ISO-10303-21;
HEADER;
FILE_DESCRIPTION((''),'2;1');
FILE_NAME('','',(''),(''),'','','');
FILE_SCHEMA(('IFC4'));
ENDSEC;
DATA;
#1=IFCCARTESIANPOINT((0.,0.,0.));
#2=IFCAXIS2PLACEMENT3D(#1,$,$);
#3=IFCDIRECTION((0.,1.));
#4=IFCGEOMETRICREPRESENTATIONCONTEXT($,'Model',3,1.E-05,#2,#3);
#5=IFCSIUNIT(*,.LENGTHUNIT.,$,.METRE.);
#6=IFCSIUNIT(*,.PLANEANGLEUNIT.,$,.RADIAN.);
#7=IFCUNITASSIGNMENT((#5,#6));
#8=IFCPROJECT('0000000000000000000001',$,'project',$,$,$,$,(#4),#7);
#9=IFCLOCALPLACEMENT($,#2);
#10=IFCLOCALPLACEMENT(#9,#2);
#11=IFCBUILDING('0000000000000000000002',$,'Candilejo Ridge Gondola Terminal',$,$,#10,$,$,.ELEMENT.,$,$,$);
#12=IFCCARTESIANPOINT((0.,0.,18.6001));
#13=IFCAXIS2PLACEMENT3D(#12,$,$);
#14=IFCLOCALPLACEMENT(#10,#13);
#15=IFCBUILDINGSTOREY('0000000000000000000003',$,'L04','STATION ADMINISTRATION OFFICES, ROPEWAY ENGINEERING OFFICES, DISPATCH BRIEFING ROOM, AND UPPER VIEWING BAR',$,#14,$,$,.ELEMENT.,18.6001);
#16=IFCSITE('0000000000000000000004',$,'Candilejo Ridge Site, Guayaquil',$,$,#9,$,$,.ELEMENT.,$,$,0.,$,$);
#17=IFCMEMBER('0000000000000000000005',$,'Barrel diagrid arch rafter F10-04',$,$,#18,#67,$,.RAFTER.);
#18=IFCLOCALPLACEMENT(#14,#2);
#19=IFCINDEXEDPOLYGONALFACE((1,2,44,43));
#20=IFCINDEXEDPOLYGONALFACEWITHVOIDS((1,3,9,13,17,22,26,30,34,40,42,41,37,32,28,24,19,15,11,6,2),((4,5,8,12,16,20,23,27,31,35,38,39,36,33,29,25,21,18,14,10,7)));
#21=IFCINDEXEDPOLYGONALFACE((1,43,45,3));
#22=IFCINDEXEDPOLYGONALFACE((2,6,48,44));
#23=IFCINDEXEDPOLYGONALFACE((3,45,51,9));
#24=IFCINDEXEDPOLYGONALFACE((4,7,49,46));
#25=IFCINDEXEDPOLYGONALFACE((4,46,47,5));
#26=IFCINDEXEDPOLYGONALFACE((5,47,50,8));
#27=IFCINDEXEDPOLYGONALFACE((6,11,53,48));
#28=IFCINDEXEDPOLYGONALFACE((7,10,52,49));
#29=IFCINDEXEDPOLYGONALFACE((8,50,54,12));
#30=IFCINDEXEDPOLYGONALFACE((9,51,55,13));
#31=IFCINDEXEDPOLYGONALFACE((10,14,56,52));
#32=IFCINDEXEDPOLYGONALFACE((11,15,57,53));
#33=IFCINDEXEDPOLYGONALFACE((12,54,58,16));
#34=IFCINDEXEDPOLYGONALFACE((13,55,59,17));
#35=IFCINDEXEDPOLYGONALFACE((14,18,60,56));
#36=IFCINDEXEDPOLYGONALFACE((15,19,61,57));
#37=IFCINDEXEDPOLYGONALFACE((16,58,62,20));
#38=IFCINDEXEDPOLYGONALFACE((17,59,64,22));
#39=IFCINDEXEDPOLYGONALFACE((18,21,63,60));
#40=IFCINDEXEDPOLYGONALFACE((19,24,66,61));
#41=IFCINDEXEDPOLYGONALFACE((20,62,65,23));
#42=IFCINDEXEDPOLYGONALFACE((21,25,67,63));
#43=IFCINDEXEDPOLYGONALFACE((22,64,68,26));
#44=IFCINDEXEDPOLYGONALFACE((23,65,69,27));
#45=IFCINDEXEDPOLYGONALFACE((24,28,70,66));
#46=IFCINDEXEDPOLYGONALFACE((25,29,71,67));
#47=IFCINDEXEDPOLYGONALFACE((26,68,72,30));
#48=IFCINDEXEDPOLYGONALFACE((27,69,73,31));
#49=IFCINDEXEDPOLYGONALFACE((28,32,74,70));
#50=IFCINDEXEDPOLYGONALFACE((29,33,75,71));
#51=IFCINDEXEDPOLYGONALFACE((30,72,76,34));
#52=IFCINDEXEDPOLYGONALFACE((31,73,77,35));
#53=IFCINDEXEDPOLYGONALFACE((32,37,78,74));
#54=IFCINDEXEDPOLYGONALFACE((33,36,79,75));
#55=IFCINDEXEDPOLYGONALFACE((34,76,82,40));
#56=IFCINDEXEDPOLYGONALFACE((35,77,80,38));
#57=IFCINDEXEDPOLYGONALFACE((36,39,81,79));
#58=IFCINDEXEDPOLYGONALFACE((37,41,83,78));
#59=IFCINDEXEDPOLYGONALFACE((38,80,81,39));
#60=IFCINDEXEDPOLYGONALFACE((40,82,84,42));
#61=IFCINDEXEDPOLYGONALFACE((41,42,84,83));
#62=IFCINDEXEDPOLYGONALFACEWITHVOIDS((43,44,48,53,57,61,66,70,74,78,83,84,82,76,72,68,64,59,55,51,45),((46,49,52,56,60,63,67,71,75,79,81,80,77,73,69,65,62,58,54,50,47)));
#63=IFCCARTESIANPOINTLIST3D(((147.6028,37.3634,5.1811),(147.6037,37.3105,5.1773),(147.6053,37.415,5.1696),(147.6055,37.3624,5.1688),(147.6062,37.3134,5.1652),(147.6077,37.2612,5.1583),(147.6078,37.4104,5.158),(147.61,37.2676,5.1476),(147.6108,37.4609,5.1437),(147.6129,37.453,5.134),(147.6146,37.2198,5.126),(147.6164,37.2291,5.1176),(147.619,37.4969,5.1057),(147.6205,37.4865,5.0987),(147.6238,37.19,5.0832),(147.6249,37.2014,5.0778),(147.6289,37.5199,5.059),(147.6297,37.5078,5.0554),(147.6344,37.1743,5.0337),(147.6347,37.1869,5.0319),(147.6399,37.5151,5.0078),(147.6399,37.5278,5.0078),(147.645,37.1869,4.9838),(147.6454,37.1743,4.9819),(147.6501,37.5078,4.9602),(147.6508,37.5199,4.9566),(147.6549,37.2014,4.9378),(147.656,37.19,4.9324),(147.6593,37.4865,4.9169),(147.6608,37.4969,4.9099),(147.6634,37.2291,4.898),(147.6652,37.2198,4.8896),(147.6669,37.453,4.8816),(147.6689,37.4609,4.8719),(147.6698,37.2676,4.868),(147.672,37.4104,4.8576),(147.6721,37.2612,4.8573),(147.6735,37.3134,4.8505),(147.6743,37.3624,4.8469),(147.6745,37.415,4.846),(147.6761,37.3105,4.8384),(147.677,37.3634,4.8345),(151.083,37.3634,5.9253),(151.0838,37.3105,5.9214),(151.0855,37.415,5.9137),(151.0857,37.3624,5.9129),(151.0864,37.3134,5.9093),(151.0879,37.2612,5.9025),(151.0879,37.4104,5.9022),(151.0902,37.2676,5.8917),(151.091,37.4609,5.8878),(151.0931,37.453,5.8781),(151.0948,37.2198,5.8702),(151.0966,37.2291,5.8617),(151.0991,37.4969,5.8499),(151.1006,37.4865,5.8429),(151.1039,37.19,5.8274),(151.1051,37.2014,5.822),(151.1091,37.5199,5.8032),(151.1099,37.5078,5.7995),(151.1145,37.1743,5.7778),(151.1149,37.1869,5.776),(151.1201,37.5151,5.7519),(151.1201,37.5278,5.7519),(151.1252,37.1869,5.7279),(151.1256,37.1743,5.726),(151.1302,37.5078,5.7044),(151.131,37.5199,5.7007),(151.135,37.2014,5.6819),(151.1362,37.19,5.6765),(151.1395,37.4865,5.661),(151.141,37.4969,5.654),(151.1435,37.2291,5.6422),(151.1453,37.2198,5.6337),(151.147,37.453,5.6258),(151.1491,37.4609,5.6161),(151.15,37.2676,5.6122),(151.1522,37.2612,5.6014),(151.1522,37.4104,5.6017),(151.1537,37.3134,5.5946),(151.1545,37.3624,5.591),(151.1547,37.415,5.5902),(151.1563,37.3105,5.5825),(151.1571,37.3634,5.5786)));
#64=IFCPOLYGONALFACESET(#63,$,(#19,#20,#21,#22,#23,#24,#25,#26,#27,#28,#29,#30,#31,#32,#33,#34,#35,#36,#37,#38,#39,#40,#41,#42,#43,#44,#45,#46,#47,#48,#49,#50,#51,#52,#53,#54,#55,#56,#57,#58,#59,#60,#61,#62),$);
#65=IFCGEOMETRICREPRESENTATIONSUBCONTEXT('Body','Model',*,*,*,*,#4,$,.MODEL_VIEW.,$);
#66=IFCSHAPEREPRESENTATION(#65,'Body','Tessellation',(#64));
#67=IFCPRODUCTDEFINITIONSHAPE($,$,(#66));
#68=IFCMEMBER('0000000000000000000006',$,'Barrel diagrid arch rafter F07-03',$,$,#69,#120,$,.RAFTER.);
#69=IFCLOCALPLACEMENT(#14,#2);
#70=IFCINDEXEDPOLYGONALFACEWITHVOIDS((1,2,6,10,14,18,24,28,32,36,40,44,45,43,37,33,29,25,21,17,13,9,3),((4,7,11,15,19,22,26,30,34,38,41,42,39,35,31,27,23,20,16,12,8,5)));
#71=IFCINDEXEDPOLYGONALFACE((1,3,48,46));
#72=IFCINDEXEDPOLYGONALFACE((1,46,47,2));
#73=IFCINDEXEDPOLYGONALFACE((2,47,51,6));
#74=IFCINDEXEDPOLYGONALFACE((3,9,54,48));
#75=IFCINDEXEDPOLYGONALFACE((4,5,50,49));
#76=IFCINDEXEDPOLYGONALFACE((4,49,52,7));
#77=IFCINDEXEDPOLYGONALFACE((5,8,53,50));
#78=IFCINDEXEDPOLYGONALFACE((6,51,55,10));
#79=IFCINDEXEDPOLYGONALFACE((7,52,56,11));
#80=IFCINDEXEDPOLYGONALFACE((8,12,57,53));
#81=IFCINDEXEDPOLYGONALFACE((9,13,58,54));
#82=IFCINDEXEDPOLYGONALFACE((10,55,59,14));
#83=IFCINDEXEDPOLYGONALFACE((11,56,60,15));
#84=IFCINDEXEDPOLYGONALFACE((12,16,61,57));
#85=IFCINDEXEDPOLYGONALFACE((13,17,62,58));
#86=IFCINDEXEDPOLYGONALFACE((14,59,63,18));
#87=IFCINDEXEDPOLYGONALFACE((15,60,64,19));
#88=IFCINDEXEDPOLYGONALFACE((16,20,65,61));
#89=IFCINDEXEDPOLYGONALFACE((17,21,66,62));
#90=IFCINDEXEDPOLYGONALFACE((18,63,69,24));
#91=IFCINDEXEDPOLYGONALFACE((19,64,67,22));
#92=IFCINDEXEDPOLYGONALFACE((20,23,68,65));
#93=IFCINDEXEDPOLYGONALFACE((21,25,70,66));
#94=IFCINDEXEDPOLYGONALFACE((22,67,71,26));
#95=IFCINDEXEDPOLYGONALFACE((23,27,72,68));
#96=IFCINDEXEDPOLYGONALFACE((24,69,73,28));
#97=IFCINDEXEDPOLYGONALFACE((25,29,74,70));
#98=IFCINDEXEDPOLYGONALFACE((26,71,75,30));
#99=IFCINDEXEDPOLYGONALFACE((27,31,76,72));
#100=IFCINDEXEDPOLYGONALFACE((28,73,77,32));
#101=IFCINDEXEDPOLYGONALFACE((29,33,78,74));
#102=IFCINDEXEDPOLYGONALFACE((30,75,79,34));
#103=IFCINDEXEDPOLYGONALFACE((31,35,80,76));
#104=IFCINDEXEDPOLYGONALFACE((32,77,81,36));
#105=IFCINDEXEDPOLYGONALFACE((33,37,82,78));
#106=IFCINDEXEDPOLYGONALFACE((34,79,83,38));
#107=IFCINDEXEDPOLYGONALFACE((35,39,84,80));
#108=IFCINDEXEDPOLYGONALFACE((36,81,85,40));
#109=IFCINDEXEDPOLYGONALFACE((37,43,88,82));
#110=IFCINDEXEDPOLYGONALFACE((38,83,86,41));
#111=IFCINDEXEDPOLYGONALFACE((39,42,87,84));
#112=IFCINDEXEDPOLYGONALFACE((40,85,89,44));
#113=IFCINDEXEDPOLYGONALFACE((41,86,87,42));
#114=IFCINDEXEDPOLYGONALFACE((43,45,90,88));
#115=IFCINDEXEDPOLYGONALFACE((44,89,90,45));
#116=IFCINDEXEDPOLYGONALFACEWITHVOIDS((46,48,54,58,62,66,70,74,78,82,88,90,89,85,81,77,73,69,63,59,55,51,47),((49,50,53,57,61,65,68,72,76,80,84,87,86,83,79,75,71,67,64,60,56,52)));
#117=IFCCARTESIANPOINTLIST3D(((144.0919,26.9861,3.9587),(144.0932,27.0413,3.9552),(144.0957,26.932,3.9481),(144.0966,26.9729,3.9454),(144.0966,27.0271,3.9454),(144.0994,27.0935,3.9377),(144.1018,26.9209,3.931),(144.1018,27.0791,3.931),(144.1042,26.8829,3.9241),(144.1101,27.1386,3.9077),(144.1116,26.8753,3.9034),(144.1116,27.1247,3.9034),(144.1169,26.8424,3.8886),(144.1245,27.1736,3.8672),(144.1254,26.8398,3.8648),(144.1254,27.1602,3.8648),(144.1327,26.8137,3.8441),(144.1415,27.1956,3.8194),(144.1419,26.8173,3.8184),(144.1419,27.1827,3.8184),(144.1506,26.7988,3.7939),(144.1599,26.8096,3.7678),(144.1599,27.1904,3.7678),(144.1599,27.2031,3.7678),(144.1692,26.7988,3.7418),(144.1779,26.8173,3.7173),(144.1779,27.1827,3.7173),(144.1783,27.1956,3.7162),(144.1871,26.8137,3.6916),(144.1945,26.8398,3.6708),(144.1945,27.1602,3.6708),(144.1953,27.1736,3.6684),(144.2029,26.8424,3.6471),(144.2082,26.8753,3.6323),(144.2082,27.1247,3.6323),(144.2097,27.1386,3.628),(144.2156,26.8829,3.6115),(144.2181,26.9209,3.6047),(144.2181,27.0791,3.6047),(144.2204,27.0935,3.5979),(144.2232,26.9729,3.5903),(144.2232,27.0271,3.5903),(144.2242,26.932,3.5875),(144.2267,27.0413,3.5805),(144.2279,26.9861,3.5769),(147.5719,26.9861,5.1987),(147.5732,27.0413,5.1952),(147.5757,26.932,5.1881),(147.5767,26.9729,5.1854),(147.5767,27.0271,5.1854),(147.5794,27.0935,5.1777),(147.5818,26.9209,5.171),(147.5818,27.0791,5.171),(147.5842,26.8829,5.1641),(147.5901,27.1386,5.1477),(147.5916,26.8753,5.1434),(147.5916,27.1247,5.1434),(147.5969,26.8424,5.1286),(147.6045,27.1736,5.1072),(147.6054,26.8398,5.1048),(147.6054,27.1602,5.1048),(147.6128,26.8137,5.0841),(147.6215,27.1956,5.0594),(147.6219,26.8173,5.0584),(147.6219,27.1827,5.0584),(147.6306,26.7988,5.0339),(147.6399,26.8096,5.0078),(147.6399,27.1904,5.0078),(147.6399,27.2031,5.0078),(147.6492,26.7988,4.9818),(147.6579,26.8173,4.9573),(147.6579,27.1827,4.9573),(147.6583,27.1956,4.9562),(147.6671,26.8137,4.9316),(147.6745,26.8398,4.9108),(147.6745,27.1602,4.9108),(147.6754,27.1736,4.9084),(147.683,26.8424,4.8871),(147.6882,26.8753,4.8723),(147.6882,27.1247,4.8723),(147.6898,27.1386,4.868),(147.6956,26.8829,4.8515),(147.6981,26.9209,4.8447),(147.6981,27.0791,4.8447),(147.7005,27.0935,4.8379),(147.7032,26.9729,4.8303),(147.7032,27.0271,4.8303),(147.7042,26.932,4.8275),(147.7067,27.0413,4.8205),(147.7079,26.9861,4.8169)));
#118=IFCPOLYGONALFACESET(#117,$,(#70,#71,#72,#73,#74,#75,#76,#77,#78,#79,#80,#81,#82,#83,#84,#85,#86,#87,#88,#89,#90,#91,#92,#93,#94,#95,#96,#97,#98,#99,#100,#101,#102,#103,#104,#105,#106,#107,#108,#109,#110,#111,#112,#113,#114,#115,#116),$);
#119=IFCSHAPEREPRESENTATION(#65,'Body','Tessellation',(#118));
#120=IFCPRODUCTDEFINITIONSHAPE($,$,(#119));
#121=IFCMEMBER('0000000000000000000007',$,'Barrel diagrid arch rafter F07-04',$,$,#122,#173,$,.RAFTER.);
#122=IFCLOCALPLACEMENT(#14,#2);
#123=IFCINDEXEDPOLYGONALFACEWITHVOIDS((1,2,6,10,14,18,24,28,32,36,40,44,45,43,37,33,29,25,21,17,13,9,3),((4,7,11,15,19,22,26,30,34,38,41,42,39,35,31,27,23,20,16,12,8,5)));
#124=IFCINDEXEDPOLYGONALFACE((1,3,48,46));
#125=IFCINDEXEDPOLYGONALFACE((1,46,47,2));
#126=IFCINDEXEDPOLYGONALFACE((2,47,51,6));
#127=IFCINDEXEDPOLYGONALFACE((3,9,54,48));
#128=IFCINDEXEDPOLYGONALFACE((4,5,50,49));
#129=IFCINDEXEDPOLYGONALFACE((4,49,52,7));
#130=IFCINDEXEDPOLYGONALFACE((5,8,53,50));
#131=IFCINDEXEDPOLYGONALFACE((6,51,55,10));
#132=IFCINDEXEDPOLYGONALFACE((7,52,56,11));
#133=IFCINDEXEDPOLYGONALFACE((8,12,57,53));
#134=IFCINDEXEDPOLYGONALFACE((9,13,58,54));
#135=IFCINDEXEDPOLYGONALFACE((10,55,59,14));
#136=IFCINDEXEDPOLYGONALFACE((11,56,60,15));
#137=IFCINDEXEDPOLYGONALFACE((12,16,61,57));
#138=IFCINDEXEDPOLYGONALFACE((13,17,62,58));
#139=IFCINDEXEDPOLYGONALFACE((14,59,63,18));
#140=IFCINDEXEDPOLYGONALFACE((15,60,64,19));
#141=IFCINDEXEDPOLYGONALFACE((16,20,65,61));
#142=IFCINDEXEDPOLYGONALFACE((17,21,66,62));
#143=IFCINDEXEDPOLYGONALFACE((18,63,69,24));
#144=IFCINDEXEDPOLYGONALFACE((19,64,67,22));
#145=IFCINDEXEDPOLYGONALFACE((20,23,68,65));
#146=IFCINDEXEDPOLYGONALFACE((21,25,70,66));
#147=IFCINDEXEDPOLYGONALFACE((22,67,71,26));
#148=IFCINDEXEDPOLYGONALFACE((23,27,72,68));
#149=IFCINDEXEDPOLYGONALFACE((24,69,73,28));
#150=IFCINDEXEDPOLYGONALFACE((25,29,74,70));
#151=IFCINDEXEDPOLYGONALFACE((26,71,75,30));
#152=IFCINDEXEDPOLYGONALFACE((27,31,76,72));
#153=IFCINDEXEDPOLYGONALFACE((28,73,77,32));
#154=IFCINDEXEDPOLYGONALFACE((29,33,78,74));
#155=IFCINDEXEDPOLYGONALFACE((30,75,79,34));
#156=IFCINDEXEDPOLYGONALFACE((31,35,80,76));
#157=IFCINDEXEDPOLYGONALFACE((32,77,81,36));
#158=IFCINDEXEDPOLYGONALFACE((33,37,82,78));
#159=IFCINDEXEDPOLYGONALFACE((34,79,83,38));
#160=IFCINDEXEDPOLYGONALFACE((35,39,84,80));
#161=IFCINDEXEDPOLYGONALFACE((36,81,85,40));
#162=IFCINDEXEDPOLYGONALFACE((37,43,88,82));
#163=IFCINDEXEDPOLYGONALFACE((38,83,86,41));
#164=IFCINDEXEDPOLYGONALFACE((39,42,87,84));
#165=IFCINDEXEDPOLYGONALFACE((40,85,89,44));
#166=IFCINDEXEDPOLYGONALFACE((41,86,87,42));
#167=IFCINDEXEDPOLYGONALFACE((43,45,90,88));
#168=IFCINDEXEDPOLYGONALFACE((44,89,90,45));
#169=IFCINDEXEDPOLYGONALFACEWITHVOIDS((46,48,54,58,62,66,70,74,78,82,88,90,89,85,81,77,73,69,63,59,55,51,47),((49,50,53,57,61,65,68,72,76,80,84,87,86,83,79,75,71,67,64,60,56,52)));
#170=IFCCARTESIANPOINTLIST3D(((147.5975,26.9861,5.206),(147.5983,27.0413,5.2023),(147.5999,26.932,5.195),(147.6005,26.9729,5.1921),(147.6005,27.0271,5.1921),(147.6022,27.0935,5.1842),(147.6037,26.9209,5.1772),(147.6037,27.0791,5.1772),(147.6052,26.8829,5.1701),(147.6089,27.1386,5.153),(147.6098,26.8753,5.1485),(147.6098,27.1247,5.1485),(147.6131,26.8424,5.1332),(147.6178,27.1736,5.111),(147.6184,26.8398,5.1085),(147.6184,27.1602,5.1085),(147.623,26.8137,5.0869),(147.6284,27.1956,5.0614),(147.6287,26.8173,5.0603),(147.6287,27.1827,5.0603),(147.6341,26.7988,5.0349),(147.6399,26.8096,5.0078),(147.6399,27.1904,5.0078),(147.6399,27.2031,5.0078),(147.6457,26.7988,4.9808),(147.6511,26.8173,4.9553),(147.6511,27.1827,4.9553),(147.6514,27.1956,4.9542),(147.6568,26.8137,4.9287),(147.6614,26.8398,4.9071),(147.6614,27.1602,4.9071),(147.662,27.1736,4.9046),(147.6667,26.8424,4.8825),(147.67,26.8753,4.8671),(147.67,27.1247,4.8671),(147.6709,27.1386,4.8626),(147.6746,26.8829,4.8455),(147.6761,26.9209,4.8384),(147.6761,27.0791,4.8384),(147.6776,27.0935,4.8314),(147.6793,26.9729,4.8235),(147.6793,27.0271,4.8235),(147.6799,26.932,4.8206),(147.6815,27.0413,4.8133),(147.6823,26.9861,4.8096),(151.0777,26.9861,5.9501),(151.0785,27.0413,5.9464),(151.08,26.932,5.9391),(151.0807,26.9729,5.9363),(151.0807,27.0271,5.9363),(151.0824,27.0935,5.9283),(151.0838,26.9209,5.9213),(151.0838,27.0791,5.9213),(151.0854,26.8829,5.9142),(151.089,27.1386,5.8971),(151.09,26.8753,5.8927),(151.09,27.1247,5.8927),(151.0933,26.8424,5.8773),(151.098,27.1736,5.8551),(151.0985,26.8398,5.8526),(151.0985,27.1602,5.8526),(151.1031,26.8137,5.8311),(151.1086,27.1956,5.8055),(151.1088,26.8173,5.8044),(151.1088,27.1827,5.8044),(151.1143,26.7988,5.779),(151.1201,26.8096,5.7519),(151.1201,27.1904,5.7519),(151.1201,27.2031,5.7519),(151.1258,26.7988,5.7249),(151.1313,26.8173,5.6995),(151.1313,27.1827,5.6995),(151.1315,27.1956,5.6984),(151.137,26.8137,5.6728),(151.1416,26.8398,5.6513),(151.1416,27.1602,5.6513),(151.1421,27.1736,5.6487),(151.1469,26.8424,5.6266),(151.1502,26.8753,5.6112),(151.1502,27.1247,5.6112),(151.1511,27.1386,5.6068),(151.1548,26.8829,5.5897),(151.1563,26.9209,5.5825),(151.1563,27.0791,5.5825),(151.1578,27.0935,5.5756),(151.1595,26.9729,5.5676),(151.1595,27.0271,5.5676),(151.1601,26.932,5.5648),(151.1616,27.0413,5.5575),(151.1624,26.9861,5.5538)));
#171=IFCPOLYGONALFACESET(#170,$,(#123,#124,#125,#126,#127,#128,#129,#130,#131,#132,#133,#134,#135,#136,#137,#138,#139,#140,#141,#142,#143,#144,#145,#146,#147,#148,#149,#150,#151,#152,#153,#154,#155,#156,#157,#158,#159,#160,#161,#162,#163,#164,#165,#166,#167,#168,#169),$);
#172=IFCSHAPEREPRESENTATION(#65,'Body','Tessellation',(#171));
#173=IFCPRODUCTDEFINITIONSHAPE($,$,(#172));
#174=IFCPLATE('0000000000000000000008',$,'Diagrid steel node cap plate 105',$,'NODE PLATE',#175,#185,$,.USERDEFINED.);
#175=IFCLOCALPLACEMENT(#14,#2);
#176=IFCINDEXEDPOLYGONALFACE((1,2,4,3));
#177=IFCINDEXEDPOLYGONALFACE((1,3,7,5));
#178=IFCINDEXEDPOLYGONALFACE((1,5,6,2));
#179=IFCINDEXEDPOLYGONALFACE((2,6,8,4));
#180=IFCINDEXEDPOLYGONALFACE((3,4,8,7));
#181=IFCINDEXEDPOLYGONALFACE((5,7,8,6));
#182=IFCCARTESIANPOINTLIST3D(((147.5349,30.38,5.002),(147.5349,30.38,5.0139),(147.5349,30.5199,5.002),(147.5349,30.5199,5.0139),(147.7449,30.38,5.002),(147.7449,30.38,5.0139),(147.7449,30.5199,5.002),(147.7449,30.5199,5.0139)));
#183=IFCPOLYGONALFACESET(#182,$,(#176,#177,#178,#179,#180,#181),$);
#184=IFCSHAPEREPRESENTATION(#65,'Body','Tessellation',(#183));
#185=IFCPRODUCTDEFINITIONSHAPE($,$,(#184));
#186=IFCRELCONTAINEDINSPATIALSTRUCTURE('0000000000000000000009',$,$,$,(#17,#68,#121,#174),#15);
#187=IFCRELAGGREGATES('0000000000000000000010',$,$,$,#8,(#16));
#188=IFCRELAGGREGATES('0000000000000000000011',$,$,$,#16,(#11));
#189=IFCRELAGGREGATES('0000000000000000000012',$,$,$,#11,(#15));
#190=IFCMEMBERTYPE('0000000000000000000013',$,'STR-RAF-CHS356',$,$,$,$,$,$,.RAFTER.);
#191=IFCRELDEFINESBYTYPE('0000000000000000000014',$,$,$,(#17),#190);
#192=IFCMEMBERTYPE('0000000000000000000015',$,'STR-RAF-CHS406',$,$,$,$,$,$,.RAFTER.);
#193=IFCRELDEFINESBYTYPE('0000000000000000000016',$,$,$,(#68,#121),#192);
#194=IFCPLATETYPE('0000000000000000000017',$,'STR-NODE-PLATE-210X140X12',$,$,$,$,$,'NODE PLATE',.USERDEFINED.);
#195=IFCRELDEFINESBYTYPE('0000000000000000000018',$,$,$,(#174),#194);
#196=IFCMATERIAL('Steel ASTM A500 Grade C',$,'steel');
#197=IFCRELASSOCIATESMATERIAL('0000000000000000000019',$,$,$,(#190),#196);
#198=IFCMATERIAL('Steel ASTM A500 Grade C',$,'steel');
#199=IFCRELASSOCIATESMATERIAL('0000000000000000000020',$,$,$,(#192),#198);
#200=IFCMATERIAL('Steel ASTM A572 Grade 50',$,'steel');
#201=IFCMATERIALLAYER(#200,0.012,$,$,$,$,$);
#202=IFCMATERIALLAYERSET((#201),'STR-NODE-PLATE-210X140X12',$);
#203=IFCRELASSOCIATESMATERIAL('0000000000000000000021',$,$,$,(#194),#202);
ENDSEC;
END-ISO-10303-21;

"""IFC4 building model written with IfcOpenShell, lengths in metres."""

from ifc_helpers import new_model, si_unit, direction, frame, origin, origin_2d, place, context, subcontext, project, spatial, rectangle, hollow_circle, extrude, material, layer, layer_set, material_profile, profile_set, type_object, element, save


model = new_model("IFC4")

# Units and contexts
model_context = context("Model", 3, precision=1e-05, world=origin(), true_north=direction((0.0, 1.0)))
body_context = subcontext(model_context, "Body", "Model", "MODEL_VIEW")
ifc_project = project(units=[si_unit("LENGTHUNIT", "METRE"), si_unit("PLANEANGLEUNIT", "RADIAN")], contexts=[model_context])

# Site, building, storey
site_placement = place(None, origin())
site = spatial("IfcSite", under=ifc_project, at=site_placement, Name="Candilejo Ridge Site, Guayaquil", CompositionType="ELEMENT", RefElevation=0.0)
building_placement = place(site_placement, origin())
building = spatial("IfcBuilding", under=site, at=building_placement, Name="Candilejo Ridge Gondola Terminal", CompositionType="ELEMENT")
storey_placement = place(building_placement, frame((0.0, 0.0, 18.6001)))
storey = spatial("IfcBuildingStorey", under=building, at=storey_placement, Name="L04", Description="STATION ADMINISTRATION OFFICES, ROPEWAY ENGINEERING OFFICES, DISPATCH BRIEFING ROOM, AND UPPER VIEWING BAR", CompositionType="ELEMENT", Elevation=18.6001)

# Members
ifc_material_1 = material(Name="Steel ASTM A500 Grade C", Category="steel")
ifc_material_profile_1 = material_profile(ifc_material_1, hollow_circle(Radius=0.1777, WallThickness=0.0127, at=origin_2d()))
ifc_profile_set_1 = profile_set([ifc_material_profile_1], Name="Steel ASTM A500 Grade C")
member_type_1 = type_object("IfcMemberType", Name="STR-RAF-CHS356", PredefinedType="RAFTER", material=ifc_profile_set_1)
member_1_placement = place(storey_placement, frame((147.6399, 37.3501, 5.0078), z_axis=(0.977896, 0.0, 0.209093), x_axis=(0.0, 1.0, 0.0)))
element("IfcMember", 1, at=member_1_placement, inside=storey, type_object=member_type_1, Name="Barrel diagrid arch rafter F10-04", PredefinedType="RAFTER", context=body_context, shape_type="SweptSolid", body=[
    extrude(hollow_circle(Radius=0.1777, WallThickness=0.0127, at=origin_2d()), origin(), (0.0, 0.0, 1.0), 3.5588),
])
ifc_material_2 = material(Name="Steel ASTM A500 Grade C", Category="steel")
ifc_material_profile_2 = material_profile(ifc_material_2, hollow_circle(Radius=0.2031, WallThickness=0.0127, at=origin_2d()))
ifc_profile_set_2 = profile_set([ifc_material_profile_2], Name="Steel ASTM A500 Grade C")
member_type_2 = type_object("IfcMemberType", Name="STR-RAF-CHS406", PredefinedType="RAFTER", material=ifc_profile_set_2)
member_2_placement = place(storey_placement, frame((144.1599, 27.0, 3.7678), z_axis=(0.941987, 0.0, 0.33565), x_axis=(0.0, 1.0, 0.0)))
element("IfcMember", 2, at=member_2_placement, inside=storey, type_object=member_type_2, Name="Barrel diagrid arch rafter F07-03", PredefinedType="RAFTER", context=body_context, shape_type="SweptSolid", body=[
    extrude(hollow_circle(Radius=0.2031, WallThickness=0.0127, at=origin_2d()), origin(), (0.0, 0.0, 1.0), 3.6943),
])
member_3_placement = place(storey_placement, frame((147.6399, 27.0, 5.0078), z_axis=(0.977896, 0.0, 0.209093), x_axis=(0.0, 1.0, 0.0)))
element("IfcMember", 3, at=member_3_placement, inside=storey, type_object=member_type_2, Name="Barrel diagrid arch rafter F07-04", PredefinedType="RAFTER", context=body_context, shape_type="SweptSolid", body=[
    extrude(hollow_circle(Radius=0.2031, WallThickness=0.0127, at=origin_2d()), origin(), (0.0, 0.0, 1.0), 3.5588),
])

# Plate
ifc_material_3 = material(Name="Steel ASTM A572 Grade 50", Category="steel")
ifc_layer_1 = layer(ifc_material_3, 0.012)
ifc_layer_set_1 = layer_set([ifc_layer_1], Name="STR-NODE-PLATE-210X140X12")
plate_type_1 = type_object("IfcPlateType", Name="STR-NODE-PLATE-210X140X12", ElementType="NODE PLATE", PredefinedType="USERDEFINED", material=ifc_layer_set_1)
plate_1_placement = place(storey_placement, frame((147.6399, 30.45, 5.002), z_axis=(0.0, 0.0, 1.0), x_axis=(1.0, 0.0, 0.0)))
element("IfcPlate", 4, at=plate_1_placement, inside=storey, type_object=plate_type_1, Name="Diagrid steel node cap plate 105", ObjectType="NODE PLATE", PredefinedType="USERDEFINED", context=body_context, shape_type="SweptSolid", body=[
    extrude(rectangle(XDim=0.21, YDim=0.1399, at=origin_2d()), origin(), (0.0, 0.0, 1.0), 0.012),
])

save(model, "model.ifc")
